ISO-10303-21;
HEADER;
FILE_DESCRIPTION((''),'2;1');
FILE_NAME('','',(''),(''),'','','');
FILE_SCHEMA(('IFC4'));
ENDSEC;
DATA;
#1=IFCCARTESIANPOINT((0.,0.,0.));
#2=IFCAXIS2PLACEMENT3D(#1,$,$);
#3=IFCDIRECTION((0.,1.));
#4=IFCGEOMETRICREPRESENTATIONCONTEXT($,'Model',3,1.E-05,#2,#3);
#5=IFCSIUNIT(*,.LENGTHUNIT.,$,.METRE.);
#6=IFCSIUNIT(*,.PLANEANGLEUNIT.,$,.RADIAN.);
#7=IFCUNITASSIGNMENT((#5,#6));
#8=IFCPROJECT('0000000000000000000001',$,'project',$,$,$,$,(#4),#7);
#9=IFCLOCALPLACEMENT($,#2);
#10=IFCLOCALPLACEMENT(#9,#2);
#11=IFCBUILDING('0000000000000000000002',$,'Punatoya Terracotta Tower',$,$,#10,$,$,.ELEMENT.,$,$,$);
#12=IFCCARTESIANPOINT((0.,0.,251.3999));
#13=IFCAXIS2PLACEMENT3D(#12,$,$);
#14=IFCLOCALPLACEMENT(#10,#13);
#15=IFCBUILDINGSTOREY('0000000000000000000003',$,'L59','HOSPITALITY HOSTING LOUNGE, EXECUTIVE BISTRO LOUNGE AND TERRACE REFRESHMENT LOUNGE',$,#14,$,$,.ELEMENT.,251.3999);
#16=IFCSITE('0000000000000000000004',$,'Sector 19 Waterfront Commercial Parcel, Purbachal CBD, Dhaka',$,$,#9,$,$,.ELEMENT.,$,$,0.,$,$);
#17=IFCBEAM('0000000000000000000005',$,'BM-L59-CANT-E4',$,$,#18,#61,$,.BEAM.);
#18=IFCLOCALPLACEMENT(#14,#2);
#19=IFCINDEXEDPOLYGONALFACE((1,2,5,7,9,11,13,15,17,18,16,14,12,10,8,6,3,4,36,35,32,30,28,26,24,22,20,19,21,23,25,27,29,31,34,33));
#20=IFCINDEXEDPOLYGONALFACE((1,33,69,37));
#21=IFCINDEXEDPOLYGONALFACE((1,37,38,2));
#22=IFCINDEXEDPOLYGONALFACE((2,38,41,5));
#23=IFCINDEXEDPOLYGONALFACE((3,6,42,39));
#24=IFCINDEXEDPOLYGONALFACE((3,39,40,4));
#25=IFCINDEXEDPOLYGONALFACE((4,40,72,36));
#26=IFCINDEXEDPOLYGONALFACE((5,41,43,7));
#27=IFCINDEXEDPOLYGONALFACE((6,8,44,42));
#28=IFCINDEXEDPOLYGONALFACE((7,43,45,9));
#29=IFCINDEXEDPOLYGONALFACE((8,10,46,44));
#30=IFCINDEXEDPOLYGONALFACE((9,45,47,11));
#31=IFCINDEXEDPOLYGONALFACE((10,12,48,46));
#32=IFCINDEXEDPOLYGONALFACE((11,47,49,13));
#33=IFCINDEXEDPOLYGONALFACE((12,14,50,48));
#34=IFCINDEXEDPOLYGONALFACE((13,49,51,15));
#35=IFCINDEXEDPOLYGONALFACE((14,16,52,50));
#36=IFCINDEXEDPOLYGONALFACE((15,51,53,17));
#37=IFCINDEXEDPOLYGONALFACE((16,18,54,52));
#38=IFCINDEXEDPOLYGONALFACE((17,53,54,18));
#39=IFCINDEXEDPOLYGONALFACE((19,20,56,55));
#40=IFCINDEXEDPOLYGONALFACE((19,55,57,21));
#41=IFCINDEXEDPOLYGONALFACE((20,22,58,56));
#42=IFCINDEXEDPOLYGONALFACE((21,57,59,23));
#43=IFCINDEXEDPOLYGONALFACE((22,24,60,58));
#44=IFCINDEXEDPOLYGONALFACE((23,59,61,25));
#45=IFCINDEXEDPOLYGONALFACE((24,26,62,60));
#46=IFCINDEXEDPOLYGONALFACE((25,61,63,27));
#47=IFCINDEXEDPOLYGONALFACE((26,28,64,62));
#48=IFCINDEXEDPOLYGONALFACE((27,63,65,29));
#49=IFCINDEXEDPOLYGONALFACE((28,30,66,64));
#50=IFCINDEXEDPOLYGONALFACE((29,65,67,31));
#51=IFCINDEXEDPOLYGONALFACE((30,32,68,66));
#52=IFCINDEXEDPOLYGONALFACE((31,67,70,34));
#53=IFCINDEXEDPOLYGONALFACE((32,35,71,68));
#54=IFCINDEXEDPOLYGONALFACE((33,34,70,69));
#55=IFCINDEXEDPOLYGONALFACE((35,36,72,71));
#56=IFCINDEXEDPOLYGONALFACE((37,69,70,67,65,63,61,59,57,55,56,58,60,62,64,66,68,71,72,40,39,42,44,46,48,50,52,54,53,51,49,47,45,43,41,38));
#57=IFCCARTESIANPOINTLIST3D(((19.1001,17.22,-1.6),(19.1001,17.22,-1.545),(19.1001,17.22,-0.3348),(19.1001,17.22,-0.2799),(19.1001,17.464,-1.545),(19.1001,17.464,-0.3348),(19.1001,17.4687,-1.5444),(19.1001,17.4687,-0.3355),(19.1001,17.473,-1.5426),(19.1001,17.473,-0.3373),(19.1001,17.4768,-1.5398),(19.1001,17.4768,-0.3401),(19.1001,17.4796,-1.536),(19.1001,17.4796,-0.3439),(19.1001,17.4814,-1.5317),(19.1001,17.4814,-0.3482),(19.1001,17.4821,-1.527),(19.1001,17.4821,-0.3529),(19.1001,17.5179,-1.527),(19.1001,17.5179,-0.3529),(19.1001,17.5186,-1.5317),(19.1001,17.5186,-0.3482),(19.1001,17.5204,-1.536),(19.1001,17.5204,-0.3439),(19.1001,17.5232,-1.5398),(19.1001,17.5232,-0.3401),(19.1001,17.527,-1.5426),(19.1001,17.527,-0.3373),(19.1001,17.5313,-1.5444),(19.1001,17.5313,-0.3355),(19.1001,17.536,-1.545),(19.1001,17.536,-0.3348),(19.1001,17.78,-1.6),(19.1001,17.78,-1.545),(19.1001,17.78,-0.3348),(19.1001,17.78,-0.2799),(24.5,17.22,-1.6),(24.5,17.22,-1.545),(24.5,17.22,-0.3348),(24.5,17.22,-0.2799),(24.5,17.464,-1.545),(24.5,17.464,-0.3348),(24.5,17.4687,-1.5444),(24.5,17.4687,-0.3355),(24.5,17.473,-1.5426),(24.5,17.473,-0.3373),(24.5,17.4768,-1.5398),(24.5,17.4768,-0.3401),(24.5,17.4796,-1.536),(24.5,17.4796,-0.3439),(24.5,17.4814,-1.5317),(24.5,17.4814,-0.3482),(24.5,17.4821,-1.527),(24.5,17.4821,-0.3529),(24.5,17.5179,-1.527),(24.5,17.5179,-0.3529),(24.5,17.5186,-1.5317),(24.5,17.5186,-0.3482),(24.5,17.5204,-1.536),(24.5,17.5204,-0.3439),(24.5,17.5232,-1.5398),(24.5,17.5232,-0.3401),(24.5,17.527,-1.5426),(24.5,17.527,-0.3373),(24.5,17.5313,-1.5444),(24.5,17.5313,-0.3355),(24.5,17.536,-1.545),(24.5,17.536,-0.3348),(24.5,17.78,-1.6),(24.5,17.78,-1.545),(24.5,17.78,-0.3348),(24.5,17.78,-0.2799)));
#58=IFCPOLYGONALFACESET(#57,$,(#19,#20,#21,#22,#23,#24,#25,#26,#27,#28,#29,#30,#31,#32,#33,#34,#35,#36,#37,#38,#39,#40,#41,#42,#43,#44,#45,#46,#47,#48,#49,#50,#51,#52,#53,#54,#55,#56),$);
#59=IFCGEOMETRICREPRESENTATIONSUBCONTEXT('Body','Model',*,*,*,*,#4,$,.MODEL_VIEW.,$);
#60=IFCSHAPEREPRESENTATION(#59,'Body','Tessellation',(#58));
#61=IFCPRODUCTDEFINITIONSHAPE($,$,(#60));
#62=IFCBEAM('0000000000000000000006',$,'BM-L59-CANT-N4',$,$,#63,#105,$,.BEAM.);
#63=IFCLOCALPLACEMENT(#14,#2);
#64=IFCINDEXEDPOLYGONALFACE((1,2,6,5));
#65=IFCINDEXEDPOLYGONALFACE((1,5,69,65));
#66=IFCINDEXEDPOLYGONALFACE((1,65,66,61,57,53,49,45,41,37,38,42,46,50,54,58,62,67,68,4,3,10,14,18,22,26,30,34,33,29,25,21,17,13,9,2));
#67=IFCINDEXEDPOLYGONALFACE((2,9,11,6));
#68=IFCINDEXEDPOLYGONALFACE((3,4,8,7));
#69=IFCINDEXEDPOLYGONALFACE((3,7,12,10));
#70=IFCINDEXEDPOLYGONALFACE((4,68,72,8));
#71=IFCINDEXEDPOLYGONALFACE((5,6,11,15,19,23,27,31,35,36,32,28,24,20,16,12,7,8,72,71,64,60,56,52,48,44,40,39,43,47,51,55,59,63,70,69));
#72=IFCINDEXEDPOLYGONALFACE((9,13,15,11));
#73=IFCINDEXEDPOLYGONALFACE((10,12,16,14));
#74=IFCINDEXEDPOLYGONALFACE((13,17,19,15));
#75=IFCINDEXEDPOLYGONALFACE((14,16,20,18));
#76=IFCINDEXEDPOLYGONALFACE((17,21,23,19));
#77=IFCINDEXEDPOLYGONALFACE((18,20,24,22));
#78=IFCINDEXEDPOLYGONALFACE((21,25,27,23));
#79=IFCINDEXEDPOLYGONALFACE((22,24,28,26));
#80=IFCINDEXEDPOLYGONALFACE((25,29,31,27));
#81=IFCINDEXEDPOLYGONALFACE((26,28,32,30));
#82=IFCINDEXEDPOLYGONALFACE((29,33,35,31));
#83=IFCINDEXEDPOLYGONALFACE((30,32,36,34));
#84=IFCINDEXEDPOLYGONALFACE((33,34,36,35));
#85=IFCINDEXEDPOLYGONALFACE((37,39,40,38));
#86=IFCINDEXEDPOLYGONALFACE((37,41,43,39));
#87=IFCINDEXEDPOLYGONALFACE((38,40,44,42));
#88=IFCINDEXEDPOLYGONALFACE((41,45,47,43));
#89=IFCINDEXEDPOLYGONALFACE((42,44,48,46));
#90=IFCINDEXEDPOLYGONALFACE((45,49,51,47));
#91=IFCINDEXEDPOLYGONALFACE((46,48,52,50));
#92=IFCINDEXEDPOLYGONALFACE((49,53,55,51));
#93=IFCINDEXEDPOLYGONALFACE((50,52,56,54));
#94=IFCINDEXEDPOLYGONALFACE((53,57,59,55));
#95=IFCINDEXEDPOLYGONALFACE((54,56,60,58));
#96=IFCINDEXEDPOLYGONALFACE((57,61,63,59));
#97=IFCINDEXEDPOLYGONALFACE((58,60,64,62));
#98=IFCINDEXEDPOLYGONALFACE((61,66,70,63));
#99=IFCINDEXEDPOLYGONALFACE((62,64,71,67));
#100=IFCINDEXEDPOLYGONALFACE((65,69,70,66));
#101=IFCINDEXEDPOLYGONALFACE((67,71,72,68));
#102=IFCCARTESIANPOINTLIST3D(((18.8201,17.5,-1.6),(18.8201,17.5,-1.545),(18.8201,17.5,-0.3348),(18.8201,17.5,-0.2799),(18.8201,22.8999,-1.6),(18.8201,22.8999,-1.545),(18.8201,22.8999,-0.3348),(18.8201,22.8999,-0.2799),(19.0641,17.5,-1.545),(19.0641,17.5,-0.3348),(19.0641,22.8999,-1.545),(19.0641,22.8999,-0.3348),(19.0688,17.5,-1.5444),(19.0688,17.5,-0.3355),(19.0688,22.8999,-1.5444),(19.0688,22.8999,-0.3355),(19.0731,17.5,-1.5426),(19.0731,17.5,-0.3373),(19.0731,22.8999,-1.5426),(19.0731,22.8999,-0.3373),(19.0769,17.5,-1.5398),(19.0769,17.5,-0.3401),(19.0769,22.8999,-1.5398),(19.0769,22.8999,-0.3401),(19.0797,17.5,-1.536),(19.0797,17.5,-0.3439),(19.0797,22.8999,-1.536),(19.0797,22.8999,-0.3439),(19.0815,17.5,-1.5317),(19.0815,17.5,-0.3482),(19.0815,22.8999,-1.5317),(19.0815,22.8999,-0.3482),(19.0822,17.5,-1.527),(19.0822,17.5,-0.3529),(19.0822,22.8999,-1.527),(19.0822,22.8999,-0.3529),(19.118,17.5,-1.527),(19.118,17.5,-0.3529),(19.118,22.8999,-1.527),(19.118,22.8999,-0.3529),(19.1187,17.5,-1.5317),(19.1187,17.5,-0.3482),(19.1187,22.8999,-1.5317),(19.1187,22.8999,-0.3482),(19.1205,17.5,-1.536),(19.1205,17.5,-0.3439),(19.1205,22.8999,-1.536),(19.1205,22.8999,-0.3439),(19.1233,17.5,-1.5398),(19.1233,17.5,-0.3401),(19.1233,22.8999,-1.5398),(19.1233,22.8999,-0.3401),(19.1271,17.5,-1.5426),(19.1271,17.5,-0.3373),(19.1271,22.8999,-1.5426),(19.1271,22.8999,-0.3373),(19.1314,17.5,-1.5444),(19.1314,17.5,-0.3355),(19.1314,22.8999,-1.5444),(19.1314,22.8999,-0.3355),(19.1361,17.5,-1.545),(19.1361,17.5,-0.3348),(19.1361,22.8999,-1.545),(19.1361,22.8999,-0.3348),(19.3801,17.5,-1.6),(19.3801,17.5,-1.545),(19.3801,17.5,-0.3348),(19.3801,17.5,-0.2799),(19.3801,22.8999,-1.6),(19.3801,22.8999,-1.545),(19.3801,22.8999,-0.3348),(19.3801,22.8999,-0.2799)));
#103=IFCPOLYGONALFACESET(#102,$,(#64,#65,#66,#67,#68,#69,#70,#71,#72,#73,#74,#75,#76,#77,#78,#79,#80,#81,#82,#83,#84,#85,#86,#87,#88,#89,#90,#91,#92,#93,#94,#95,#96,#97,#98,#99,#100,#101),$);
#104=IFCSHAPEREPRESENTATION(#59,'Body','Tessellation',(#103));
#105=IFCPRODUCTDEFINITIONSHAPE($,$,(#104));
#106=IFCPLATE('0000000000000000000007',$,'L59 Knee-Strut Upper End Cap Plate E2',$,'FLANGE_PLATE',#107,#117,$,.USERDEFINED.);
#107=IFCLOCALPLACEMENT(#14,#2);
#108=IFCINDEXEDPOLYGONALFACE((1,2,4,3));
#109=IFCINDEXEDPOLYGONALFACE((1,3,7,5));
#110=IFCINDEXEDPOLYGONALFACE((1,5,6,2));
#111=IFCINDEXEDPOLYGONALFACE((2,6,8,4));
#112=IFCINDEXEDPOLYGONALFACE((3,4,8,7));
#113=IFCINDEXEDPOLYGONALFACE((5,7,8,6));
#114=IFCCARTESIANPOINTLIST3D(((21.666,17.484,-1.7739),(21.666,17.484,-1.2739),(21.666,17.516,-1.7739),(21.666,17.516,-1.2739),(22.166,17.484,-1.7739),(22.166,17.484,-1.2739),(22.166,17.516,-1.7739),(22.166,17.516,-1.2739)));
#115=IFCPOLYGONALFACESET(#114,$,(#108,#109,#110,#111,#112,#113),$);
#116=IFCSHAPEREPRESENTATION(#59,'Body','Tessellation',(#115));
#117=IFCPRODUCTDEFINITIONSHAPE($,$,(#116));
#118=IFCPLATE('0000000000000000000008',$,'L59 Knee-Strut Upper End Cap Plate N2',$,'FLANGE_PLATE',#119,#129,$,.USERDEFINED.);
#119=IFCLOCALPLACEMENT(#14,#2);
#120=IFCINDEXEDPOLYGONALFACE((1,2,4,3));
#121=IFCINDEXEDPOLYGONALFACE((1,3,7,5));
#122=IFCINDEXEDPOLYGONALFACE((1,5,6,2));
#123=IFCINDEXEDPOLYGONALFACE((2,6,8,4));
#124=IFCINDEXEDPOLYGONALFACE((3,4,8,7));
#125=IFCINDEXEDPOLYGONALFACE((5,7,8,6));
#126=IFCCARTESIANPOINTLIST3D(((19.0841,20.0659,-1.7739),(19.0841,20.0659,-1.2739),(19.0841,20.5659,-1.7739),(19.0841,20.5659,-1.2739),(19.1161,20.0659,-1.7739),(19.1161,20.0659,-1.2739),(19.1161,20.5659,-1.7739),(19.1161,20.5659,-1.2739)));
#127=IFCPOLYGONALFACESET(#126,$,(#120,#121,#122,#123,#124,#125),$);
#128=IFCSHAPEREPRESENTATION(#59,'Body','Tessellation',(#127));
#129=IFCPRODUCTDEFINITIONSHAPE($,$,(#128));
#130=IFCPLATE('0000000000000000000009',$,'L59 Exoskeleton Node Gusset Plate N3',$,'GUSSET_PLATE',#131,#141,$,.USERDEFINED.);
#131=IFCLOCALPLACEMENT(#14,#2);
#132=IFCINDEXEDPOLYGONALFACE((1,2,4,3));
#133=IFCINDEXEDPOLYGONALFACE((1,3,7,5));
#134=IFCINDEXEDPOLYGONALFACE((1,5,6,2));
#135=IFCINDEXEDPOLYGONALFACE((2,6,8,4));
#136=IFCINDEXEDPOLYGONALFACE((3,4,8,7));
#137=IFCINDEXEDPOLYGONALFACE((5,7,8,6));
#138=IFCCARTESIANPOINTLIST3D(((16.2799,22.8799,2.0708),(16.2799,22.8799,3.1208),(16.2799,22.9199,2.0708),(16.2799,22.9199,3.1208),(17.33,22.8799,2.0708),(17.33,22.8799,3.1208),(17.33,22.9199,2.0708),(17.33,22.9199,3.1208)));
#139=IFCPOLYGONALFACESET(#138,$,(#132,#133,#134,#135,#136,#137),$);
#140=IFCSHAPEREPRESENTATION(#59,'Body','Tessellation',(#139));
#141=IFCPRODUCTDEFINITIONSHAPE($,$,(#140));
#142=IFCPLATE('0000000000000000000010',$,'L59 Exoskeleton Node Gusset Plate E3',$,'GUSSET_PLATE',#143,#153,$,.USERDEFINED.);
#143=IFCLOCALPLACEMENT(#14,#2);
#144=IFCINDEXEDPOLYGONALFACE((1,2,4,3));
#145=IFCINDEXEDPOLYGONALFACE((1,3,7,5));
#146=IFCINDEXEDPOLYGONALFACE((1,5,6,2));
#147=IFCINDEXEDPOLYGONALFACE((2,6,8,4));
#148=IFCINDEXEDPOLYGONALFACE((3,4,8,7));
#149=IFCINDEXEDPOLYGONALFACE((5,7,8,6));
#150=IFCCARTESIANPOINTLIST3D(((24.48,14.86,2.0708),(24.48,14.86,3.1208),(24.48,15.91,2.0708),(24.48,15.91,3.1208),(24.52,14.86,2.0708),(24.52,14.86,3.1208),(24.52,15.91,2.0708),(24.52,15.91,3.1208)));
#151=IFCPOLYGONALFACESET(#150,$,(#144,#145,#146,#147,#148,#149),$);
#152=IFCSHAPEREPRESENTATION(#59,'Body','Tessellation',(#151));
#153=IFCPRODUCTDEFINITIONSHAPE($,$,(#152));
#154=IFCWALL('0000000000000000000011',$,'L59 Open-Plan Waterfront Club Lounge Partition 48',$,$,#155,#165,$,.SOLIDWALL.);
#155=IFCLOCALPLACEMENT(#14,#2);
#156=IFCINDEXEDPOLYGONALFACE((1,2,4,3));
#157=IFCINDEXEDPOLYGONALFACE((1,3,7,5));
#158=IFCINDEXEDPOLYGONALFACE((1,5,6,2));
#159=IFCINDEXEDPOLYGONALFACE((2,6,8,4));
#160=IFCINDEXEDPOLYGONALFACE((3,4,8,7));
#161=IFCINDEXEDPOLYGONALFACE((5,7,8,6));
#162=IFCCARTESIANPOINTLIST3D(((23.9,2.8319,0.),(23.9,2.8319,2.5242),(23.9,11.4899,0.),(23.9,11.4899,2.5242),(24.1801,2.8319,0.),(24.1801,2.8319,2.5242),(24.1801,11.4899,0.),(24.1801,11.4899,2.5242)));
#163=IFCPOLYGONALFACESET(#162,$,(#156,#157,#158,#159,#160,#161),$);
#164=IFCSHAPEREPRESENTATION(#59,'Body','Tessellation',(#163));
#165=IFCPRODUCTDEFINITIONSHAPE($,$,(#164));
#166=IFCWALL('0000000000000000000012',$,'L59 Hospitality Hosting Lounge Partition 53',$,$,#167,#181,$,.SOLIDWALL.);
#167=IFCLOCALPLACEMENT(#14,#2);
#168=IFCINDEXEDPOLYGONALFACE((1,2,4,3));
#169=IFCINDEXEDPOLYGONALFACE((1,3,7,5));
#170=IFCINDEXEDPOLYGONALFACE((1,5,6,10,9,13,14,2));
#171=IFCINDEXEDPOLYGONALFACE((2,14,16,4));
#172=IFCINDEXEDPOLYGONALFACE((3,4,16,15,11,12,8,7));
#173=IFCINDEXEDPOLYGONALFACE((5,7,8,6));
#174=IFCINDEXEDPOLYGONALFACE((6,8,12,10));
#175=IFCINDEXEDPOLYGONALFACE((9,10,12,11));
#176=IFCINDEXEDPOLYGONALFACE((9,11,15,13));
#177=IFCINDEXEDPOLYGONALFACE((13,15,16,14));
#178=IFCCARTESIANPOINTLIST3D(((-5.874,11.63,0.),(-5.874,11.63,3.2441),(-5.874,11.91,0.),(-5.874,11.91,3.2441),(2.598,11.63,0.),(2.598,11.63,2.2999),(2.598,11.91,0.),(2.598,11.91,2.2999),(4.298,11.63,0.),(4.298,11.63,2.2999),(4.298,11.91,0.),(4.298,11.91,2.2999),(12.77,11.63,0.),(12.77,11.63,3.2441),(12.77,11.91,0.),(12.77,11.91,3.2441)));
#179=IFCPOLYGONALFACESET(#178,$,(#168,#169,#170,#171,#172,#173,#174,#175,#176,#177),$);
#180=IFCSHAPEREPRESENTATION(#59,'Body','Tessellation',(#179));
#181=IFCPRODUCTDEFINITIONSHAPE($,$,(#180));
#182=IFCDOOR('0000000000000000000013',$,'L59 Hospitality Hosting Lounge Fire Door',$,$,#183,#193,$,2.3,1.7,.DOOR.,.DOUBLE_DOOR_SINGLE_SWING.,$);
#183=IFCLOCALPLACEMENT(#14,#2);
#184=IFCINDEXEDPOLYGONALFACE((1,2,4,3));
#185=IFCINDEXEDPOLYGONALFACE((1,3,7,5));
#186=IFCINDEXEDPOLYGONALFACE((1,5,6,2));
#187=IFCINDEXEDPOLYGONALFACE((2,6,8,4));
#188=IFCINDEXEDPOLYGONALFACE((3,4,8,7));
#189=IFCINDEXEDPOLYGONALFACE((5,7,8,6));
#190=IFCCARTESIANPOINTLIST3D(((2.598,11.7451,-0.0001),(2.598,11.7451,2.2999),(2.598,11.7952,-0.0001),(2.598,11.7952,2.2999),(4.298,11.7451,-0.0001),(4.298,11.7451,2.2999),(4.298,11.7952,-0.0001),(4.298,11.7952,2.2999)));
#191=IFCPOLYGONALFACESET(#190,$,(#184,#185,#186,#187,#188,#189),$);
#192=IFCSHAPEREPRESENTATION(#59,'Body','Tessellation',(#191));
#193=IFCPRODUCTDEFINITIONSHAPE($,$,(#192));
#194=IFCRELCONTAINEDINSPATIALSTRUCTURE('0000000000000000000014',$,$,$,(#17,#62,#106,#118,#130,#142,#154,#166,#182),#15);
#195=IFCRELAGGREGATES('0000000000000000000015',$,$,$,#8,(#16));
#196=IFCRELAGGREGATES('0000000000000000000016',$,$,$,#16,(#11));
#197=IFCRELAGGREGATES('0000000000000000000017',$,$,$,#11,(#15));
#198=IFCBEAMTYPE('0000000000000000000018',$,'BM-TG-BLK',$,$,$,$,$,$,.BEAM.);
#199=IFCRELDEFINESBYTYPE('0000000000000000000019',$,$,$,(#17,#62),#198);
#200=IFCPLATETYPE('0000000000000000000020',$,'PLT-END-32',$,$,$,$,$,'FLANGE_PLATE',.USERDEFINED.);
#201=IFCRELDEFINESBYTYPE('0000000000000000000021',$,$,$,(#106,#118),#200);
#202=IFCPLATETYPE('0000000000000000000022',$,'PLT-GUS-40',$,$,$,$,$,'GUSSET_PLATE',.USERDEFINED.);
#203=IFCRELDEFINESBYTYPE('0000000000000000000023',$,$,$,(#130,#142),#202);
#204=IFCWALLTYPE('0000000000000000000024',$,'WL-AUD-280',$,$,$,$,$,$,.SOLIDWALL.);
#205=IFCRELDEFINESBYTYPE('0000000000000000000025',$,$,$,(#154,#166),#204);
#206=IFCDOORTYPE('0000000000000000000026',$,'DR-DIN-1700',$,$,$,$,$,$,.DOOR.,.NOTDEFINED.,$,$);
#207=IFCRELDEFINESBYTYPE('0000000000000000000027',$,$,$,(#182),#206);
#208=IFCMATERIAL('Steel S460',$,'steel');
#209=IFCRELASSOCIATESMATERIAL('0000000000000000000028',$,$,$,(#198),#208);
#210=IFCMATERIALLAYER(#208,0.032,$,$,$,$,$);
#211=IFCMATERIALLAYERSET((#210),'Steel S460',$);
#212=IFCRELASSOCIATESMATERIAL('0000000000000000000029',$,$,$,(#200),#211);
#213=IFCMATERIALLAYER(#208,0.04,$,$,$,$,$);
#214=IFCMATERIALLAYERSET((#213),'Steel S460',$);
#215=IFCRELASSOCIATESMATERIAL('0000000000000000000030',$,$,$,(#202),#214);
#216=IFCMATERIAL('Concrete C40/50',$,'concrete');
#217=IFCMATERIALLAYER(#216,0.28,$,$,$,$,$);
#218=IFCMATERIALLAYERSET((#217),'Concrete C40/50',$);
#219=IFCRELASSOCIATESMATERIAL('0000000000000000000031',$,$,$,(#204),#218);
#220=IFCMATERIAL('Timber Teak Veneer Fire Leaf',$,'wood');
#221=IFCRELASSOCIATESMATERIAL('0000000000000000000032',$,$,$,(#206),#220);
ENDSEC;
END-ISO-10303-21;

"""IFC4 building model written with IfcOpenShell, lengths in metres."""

from ifc_helpers import new_model, si_unit, direction, frame, frame_2d, origin, origin_2d, place, context, subcontext, project, spatial, rectangle, i_section, extrude, material, layer, layer_set, material_profile, profile_set, type_object, element, fill, save


model = new_model("IFC4")

# Units and contexts
model_context = context("Model", 3, precision=1e-05, world=origin(), true_north=direction((0.0, 1.0)))
body_context = subcontext(model_context, "Body", "Model", "MODEL_VIEW")
ifc_project = project(units=[si_unit("LENGTHUNIT", "METRE"), si_unit("PLANEANGLEUNIT", "RADIAN")], contexts=[model_context])

# Site, building, storey
site_placement = place(None, origin())
site = spatial("IfcSite", under=ifc_project, at=site_placement, Name="Sector 19 Waterfront Commercial Parcel, Purbachal CBD, Dhaka", CompositionType="ELEMENT", RefElevation=0.0)
building_placement = place(site_placement, origin())
building = spatial("IfcBuilding", under=site, at=building_placement, Name="Punatoya Terracotta Tower", CompositionType="ELEMENT")
storey_placement = place(building_placement, frame((0.0, 0.0, 251.3999)))
storey = spatial("IfcBuildingStorey", under=building, at=storey_placement, Name="L59", Description="HOSPITALITY HOSTING LOUNGE, EXECUTIVE BISTRO LOUNGE AND TERRACE REFRESHMENT LOUNGE", CompositionType="ELEMENT", Elevation=251.3999)

# Shared definitions
ifc_material_1 = material(Name="Steel S460", Category="steel")

# Beams
ifc_material_profile_1 = material_profile(ifc_material_1, i_section(OverallWidth=0.5601, OverallDepth=1.3201, WebThickness=0.0359, FlangeThickness=0.0549, FilletRadius=0.0181, at=origin_2d()))
ifc_profile_set_1 = profile_set([ifc_material_profile_1], Name="Steel S460")
beam_type_1 = type_object("IfcBeamType", Name="BM-TG-BLK", PredefinedType="BEAM", material=ifc_profile_set_1)
for number, where, z_axis, x_axis, name in (
    (1, (19.1001, 17.5, -0.9399), (1.0, 0.0, 0.0), (0.0, 1.0, 0.0), "BM-L59-CANT-E4"),
    (2, (19.1001, 17.5, -0.9399), (0.0, 1.0, 0.0), (-1.0, 0.0, 0.0), "BM-L59-CANT-N4"),
):
    element("IfcBeam", number, at=place(storey_placement, frame(where, z_axis=z_axis, x_axis=x_axis)), inside=storey, type_object=beam_type_1, Name=name, PredefinedType="BEAM", context=body_context, shape_type="SweptSolid", body=[
        extrude(i_section(OverallWidth=0.5601, OverallDepth=1.3201, WebThickness=0.0359, FlangeThickness=0.0549, FilletRadius=0.0181, at=origin_2d()), origin(), (0.0, 0.0, 1.0), 5.3999),
    ])

# Plates
ifc_layer_1 = layer(ifc_material_1, 0.032)
ifc_layer_set_1 = layer_set([ifc_layer_1], Name="Steel S460")
plate_type_1 = type_object("IfcPlateType", Name="PLT-END-32", ElementType="FLANGE_PLATE", PredefinedType="USERDEFINED", material=ifc_layer_set_1)
for number, where, z_axis, x_axis, name in (
    (3, (21.916, 17.5, -1.7739), (0.0, 0.0, 1.0), (1.0, 0.0, 0.0), "L59 Knee-Strut Upper End Cap Plate E2"),
    (4, (19.1001, 20.3159, -1.7739), (0.0, 0.0, 1.0), (0.0, 1.0, 0.0), "L59 Knee-Strut Upper End Cap Plate N2"),
):
    element("IfcPlate", number, at=place(storey_placement, frame(where, z_axis=z_axis, x_axis=x_axis)), inside=storey, type_object=plate_type_1, Name=name, ObjectType="FLANGE_PLATE", PredefinedType="USERDEFINED", context=body_context, shape_type="SweptSolid", body=[
        extrude(rectangle(XDim=0.5, YDim=0.032, at=origin_2d()), origin(), (0.0, 0.0, 1.0), 0.5),
    ])
ifc_layer_2 = layer(ifc_material_1, 0.04)
ifc_layer_set_2 = layer_set([ifc_layer_2], Name="Steel S460")
plate_type_2 = type_object("IfcPlateType", Name="PLT-GUS-40", ElementType="GUSSET_PLATE", PredefinedType="USERDEFINED", material=ifc_layer_set_2)
for number, where, z_axis, x_axis, name in (
    (5, (16.8049, 22.8999, 2.0708), (0.0, 0.0, 1.0), (1.0, 0.0, 0.0), "L59 Exoskeleton Node Gusset Plate N3"),
    (6, (24.5, 15.385, 2.0708), (0.0, 0.0, 1.0), (0.0, 1.0, 0.0), "L59 Exoskeleton Node Gusset Plate E3"),
):
    element("IfcPlate", number, at=place(storey_placement, frame(where, z_axis=z_axis, x_axis=x_axis)), inside=storey, type_object=plate_type_2, Name=name, ObjectType="GUSSET_PLATE", PredefinedType="USERDEFINED", context=body_context, shape_type="SweptSolid", body=[
        extrude(rectangle(XDim=1.05, YDim=0.04, at=origin_2d()), origin(), (0.0, 0.0, 1.0), 1.05),
    ])

# Wall
ifc_material_2 = material(Name="Concrete C40/50", Category="concrete")
ifc_layer_3 = layer(ifc_material_2, 0.28)
ifc_layer_set_3 = layer_set([ifc_layer_3], Name="Concrete C40/50")
wall_type_1 = type_object("IfcWallType", Name="WL-AUD-280", PredefinedType="SOLIDWALL", material=ifc_layer_set_3)
wall_1_placement = place(storey_placement, frame((24.04, 11.49, 0.0), z_axis=(0.0, 0.0, 1.0), x_axis=(0.0, -1.0, 0.0)))
element("IfcWall", 7, at=wall_1_placement, inside=storey, type_object=wall_type_1, Name="L59 Open-Plan Waterfront Club Lounge Partition 48", PredefinedType="SOLIDWALL", context=body_context, shape_type="SweptSolid", body=[
    extrude(rectangle(XDim=8.658, YDim=0.28, at=frame_2d((4.3291, 0.0))), origin(), (0.0, 0.0, 1.0), 2.5242),
])

# Wall, opening, door
wall_2_placement = place(storey_placement, frame((12.77, 11.77, 0.0), z_axis=(0.0, 0.0, 1.0), x_axis=(-1.0, 0.0, 0.0)))
wall_2 = element("IfcWall", 8, at=wall_2_placement, inside=storey, type_object=wall_type_1, Name="L59 Hospitality Hosting Lounge Partition 53", PredefinedType="SOLIDWALL", context=body_context, shape_type="SweptSolid", body=[
    extrude(rectangle(XDim=18.644, YDim=0.28, at=frame_2d((9.322, 0.0))), origin(), (0.0, 0.0, 1.0), 3.2441),
])
opening_placement = place(wall_2_placement, frame((8.4719, 0.0, 0.0)))
opening = element("IfcOpeningElement", 9, at=opening_placement, cuts=wall_2, PredefinedType="OPENING", context=body_context, shape_type="SweptSolid", body=[
    extrude(rectangle(XDim=1.7, YDim=2.3, at=frame_2d((0.8501, 1.1499))), frame((0.0, 0.1499, 0.0), z_axis=(0.0, -1.0, 0.0), x_axis=(1.0, 0.0, 0.0)), (0.0, 0.0, 1.0), 0.3),
])
ifc_material_3 = material(Name="Timber Teak Veneer Fire Leaf", Category="wood")
door_type = type_object("IfcDoorType", Name="DR-DIN-1700", OperationType="NOTDEFINED", PredefinedType="DOOR", material=ifc_material_3)
door_placement = place(opening_placement, origin())
door = element("IfcDoor", 10, at=door_placement, inside=storey, type_object=door_type, Name="L59 Hospitality Hosting Lounge Fire Door", OperationType="DOUBLE_DOOR_SINGLE_SWING", OverallHeight=2.3, OverallWidth=1.7, PredefinedType="DOOR", context=body_context, shape_type="SweptSolid", body=[
    extrude(rectangle(XDim=1.7, YDim=2.3, at=frame_2d((0.8501, 1.1499))), frame((0.0, 0.0249, 0.0), z_axis=(0.0, -1.0, 0.0), x_axis=(1.0, 0.0, 0.0)), (0.0, 0.0, 1.0), 0.05),
])
fill(opening, door)

save(model, "model.ifc")
